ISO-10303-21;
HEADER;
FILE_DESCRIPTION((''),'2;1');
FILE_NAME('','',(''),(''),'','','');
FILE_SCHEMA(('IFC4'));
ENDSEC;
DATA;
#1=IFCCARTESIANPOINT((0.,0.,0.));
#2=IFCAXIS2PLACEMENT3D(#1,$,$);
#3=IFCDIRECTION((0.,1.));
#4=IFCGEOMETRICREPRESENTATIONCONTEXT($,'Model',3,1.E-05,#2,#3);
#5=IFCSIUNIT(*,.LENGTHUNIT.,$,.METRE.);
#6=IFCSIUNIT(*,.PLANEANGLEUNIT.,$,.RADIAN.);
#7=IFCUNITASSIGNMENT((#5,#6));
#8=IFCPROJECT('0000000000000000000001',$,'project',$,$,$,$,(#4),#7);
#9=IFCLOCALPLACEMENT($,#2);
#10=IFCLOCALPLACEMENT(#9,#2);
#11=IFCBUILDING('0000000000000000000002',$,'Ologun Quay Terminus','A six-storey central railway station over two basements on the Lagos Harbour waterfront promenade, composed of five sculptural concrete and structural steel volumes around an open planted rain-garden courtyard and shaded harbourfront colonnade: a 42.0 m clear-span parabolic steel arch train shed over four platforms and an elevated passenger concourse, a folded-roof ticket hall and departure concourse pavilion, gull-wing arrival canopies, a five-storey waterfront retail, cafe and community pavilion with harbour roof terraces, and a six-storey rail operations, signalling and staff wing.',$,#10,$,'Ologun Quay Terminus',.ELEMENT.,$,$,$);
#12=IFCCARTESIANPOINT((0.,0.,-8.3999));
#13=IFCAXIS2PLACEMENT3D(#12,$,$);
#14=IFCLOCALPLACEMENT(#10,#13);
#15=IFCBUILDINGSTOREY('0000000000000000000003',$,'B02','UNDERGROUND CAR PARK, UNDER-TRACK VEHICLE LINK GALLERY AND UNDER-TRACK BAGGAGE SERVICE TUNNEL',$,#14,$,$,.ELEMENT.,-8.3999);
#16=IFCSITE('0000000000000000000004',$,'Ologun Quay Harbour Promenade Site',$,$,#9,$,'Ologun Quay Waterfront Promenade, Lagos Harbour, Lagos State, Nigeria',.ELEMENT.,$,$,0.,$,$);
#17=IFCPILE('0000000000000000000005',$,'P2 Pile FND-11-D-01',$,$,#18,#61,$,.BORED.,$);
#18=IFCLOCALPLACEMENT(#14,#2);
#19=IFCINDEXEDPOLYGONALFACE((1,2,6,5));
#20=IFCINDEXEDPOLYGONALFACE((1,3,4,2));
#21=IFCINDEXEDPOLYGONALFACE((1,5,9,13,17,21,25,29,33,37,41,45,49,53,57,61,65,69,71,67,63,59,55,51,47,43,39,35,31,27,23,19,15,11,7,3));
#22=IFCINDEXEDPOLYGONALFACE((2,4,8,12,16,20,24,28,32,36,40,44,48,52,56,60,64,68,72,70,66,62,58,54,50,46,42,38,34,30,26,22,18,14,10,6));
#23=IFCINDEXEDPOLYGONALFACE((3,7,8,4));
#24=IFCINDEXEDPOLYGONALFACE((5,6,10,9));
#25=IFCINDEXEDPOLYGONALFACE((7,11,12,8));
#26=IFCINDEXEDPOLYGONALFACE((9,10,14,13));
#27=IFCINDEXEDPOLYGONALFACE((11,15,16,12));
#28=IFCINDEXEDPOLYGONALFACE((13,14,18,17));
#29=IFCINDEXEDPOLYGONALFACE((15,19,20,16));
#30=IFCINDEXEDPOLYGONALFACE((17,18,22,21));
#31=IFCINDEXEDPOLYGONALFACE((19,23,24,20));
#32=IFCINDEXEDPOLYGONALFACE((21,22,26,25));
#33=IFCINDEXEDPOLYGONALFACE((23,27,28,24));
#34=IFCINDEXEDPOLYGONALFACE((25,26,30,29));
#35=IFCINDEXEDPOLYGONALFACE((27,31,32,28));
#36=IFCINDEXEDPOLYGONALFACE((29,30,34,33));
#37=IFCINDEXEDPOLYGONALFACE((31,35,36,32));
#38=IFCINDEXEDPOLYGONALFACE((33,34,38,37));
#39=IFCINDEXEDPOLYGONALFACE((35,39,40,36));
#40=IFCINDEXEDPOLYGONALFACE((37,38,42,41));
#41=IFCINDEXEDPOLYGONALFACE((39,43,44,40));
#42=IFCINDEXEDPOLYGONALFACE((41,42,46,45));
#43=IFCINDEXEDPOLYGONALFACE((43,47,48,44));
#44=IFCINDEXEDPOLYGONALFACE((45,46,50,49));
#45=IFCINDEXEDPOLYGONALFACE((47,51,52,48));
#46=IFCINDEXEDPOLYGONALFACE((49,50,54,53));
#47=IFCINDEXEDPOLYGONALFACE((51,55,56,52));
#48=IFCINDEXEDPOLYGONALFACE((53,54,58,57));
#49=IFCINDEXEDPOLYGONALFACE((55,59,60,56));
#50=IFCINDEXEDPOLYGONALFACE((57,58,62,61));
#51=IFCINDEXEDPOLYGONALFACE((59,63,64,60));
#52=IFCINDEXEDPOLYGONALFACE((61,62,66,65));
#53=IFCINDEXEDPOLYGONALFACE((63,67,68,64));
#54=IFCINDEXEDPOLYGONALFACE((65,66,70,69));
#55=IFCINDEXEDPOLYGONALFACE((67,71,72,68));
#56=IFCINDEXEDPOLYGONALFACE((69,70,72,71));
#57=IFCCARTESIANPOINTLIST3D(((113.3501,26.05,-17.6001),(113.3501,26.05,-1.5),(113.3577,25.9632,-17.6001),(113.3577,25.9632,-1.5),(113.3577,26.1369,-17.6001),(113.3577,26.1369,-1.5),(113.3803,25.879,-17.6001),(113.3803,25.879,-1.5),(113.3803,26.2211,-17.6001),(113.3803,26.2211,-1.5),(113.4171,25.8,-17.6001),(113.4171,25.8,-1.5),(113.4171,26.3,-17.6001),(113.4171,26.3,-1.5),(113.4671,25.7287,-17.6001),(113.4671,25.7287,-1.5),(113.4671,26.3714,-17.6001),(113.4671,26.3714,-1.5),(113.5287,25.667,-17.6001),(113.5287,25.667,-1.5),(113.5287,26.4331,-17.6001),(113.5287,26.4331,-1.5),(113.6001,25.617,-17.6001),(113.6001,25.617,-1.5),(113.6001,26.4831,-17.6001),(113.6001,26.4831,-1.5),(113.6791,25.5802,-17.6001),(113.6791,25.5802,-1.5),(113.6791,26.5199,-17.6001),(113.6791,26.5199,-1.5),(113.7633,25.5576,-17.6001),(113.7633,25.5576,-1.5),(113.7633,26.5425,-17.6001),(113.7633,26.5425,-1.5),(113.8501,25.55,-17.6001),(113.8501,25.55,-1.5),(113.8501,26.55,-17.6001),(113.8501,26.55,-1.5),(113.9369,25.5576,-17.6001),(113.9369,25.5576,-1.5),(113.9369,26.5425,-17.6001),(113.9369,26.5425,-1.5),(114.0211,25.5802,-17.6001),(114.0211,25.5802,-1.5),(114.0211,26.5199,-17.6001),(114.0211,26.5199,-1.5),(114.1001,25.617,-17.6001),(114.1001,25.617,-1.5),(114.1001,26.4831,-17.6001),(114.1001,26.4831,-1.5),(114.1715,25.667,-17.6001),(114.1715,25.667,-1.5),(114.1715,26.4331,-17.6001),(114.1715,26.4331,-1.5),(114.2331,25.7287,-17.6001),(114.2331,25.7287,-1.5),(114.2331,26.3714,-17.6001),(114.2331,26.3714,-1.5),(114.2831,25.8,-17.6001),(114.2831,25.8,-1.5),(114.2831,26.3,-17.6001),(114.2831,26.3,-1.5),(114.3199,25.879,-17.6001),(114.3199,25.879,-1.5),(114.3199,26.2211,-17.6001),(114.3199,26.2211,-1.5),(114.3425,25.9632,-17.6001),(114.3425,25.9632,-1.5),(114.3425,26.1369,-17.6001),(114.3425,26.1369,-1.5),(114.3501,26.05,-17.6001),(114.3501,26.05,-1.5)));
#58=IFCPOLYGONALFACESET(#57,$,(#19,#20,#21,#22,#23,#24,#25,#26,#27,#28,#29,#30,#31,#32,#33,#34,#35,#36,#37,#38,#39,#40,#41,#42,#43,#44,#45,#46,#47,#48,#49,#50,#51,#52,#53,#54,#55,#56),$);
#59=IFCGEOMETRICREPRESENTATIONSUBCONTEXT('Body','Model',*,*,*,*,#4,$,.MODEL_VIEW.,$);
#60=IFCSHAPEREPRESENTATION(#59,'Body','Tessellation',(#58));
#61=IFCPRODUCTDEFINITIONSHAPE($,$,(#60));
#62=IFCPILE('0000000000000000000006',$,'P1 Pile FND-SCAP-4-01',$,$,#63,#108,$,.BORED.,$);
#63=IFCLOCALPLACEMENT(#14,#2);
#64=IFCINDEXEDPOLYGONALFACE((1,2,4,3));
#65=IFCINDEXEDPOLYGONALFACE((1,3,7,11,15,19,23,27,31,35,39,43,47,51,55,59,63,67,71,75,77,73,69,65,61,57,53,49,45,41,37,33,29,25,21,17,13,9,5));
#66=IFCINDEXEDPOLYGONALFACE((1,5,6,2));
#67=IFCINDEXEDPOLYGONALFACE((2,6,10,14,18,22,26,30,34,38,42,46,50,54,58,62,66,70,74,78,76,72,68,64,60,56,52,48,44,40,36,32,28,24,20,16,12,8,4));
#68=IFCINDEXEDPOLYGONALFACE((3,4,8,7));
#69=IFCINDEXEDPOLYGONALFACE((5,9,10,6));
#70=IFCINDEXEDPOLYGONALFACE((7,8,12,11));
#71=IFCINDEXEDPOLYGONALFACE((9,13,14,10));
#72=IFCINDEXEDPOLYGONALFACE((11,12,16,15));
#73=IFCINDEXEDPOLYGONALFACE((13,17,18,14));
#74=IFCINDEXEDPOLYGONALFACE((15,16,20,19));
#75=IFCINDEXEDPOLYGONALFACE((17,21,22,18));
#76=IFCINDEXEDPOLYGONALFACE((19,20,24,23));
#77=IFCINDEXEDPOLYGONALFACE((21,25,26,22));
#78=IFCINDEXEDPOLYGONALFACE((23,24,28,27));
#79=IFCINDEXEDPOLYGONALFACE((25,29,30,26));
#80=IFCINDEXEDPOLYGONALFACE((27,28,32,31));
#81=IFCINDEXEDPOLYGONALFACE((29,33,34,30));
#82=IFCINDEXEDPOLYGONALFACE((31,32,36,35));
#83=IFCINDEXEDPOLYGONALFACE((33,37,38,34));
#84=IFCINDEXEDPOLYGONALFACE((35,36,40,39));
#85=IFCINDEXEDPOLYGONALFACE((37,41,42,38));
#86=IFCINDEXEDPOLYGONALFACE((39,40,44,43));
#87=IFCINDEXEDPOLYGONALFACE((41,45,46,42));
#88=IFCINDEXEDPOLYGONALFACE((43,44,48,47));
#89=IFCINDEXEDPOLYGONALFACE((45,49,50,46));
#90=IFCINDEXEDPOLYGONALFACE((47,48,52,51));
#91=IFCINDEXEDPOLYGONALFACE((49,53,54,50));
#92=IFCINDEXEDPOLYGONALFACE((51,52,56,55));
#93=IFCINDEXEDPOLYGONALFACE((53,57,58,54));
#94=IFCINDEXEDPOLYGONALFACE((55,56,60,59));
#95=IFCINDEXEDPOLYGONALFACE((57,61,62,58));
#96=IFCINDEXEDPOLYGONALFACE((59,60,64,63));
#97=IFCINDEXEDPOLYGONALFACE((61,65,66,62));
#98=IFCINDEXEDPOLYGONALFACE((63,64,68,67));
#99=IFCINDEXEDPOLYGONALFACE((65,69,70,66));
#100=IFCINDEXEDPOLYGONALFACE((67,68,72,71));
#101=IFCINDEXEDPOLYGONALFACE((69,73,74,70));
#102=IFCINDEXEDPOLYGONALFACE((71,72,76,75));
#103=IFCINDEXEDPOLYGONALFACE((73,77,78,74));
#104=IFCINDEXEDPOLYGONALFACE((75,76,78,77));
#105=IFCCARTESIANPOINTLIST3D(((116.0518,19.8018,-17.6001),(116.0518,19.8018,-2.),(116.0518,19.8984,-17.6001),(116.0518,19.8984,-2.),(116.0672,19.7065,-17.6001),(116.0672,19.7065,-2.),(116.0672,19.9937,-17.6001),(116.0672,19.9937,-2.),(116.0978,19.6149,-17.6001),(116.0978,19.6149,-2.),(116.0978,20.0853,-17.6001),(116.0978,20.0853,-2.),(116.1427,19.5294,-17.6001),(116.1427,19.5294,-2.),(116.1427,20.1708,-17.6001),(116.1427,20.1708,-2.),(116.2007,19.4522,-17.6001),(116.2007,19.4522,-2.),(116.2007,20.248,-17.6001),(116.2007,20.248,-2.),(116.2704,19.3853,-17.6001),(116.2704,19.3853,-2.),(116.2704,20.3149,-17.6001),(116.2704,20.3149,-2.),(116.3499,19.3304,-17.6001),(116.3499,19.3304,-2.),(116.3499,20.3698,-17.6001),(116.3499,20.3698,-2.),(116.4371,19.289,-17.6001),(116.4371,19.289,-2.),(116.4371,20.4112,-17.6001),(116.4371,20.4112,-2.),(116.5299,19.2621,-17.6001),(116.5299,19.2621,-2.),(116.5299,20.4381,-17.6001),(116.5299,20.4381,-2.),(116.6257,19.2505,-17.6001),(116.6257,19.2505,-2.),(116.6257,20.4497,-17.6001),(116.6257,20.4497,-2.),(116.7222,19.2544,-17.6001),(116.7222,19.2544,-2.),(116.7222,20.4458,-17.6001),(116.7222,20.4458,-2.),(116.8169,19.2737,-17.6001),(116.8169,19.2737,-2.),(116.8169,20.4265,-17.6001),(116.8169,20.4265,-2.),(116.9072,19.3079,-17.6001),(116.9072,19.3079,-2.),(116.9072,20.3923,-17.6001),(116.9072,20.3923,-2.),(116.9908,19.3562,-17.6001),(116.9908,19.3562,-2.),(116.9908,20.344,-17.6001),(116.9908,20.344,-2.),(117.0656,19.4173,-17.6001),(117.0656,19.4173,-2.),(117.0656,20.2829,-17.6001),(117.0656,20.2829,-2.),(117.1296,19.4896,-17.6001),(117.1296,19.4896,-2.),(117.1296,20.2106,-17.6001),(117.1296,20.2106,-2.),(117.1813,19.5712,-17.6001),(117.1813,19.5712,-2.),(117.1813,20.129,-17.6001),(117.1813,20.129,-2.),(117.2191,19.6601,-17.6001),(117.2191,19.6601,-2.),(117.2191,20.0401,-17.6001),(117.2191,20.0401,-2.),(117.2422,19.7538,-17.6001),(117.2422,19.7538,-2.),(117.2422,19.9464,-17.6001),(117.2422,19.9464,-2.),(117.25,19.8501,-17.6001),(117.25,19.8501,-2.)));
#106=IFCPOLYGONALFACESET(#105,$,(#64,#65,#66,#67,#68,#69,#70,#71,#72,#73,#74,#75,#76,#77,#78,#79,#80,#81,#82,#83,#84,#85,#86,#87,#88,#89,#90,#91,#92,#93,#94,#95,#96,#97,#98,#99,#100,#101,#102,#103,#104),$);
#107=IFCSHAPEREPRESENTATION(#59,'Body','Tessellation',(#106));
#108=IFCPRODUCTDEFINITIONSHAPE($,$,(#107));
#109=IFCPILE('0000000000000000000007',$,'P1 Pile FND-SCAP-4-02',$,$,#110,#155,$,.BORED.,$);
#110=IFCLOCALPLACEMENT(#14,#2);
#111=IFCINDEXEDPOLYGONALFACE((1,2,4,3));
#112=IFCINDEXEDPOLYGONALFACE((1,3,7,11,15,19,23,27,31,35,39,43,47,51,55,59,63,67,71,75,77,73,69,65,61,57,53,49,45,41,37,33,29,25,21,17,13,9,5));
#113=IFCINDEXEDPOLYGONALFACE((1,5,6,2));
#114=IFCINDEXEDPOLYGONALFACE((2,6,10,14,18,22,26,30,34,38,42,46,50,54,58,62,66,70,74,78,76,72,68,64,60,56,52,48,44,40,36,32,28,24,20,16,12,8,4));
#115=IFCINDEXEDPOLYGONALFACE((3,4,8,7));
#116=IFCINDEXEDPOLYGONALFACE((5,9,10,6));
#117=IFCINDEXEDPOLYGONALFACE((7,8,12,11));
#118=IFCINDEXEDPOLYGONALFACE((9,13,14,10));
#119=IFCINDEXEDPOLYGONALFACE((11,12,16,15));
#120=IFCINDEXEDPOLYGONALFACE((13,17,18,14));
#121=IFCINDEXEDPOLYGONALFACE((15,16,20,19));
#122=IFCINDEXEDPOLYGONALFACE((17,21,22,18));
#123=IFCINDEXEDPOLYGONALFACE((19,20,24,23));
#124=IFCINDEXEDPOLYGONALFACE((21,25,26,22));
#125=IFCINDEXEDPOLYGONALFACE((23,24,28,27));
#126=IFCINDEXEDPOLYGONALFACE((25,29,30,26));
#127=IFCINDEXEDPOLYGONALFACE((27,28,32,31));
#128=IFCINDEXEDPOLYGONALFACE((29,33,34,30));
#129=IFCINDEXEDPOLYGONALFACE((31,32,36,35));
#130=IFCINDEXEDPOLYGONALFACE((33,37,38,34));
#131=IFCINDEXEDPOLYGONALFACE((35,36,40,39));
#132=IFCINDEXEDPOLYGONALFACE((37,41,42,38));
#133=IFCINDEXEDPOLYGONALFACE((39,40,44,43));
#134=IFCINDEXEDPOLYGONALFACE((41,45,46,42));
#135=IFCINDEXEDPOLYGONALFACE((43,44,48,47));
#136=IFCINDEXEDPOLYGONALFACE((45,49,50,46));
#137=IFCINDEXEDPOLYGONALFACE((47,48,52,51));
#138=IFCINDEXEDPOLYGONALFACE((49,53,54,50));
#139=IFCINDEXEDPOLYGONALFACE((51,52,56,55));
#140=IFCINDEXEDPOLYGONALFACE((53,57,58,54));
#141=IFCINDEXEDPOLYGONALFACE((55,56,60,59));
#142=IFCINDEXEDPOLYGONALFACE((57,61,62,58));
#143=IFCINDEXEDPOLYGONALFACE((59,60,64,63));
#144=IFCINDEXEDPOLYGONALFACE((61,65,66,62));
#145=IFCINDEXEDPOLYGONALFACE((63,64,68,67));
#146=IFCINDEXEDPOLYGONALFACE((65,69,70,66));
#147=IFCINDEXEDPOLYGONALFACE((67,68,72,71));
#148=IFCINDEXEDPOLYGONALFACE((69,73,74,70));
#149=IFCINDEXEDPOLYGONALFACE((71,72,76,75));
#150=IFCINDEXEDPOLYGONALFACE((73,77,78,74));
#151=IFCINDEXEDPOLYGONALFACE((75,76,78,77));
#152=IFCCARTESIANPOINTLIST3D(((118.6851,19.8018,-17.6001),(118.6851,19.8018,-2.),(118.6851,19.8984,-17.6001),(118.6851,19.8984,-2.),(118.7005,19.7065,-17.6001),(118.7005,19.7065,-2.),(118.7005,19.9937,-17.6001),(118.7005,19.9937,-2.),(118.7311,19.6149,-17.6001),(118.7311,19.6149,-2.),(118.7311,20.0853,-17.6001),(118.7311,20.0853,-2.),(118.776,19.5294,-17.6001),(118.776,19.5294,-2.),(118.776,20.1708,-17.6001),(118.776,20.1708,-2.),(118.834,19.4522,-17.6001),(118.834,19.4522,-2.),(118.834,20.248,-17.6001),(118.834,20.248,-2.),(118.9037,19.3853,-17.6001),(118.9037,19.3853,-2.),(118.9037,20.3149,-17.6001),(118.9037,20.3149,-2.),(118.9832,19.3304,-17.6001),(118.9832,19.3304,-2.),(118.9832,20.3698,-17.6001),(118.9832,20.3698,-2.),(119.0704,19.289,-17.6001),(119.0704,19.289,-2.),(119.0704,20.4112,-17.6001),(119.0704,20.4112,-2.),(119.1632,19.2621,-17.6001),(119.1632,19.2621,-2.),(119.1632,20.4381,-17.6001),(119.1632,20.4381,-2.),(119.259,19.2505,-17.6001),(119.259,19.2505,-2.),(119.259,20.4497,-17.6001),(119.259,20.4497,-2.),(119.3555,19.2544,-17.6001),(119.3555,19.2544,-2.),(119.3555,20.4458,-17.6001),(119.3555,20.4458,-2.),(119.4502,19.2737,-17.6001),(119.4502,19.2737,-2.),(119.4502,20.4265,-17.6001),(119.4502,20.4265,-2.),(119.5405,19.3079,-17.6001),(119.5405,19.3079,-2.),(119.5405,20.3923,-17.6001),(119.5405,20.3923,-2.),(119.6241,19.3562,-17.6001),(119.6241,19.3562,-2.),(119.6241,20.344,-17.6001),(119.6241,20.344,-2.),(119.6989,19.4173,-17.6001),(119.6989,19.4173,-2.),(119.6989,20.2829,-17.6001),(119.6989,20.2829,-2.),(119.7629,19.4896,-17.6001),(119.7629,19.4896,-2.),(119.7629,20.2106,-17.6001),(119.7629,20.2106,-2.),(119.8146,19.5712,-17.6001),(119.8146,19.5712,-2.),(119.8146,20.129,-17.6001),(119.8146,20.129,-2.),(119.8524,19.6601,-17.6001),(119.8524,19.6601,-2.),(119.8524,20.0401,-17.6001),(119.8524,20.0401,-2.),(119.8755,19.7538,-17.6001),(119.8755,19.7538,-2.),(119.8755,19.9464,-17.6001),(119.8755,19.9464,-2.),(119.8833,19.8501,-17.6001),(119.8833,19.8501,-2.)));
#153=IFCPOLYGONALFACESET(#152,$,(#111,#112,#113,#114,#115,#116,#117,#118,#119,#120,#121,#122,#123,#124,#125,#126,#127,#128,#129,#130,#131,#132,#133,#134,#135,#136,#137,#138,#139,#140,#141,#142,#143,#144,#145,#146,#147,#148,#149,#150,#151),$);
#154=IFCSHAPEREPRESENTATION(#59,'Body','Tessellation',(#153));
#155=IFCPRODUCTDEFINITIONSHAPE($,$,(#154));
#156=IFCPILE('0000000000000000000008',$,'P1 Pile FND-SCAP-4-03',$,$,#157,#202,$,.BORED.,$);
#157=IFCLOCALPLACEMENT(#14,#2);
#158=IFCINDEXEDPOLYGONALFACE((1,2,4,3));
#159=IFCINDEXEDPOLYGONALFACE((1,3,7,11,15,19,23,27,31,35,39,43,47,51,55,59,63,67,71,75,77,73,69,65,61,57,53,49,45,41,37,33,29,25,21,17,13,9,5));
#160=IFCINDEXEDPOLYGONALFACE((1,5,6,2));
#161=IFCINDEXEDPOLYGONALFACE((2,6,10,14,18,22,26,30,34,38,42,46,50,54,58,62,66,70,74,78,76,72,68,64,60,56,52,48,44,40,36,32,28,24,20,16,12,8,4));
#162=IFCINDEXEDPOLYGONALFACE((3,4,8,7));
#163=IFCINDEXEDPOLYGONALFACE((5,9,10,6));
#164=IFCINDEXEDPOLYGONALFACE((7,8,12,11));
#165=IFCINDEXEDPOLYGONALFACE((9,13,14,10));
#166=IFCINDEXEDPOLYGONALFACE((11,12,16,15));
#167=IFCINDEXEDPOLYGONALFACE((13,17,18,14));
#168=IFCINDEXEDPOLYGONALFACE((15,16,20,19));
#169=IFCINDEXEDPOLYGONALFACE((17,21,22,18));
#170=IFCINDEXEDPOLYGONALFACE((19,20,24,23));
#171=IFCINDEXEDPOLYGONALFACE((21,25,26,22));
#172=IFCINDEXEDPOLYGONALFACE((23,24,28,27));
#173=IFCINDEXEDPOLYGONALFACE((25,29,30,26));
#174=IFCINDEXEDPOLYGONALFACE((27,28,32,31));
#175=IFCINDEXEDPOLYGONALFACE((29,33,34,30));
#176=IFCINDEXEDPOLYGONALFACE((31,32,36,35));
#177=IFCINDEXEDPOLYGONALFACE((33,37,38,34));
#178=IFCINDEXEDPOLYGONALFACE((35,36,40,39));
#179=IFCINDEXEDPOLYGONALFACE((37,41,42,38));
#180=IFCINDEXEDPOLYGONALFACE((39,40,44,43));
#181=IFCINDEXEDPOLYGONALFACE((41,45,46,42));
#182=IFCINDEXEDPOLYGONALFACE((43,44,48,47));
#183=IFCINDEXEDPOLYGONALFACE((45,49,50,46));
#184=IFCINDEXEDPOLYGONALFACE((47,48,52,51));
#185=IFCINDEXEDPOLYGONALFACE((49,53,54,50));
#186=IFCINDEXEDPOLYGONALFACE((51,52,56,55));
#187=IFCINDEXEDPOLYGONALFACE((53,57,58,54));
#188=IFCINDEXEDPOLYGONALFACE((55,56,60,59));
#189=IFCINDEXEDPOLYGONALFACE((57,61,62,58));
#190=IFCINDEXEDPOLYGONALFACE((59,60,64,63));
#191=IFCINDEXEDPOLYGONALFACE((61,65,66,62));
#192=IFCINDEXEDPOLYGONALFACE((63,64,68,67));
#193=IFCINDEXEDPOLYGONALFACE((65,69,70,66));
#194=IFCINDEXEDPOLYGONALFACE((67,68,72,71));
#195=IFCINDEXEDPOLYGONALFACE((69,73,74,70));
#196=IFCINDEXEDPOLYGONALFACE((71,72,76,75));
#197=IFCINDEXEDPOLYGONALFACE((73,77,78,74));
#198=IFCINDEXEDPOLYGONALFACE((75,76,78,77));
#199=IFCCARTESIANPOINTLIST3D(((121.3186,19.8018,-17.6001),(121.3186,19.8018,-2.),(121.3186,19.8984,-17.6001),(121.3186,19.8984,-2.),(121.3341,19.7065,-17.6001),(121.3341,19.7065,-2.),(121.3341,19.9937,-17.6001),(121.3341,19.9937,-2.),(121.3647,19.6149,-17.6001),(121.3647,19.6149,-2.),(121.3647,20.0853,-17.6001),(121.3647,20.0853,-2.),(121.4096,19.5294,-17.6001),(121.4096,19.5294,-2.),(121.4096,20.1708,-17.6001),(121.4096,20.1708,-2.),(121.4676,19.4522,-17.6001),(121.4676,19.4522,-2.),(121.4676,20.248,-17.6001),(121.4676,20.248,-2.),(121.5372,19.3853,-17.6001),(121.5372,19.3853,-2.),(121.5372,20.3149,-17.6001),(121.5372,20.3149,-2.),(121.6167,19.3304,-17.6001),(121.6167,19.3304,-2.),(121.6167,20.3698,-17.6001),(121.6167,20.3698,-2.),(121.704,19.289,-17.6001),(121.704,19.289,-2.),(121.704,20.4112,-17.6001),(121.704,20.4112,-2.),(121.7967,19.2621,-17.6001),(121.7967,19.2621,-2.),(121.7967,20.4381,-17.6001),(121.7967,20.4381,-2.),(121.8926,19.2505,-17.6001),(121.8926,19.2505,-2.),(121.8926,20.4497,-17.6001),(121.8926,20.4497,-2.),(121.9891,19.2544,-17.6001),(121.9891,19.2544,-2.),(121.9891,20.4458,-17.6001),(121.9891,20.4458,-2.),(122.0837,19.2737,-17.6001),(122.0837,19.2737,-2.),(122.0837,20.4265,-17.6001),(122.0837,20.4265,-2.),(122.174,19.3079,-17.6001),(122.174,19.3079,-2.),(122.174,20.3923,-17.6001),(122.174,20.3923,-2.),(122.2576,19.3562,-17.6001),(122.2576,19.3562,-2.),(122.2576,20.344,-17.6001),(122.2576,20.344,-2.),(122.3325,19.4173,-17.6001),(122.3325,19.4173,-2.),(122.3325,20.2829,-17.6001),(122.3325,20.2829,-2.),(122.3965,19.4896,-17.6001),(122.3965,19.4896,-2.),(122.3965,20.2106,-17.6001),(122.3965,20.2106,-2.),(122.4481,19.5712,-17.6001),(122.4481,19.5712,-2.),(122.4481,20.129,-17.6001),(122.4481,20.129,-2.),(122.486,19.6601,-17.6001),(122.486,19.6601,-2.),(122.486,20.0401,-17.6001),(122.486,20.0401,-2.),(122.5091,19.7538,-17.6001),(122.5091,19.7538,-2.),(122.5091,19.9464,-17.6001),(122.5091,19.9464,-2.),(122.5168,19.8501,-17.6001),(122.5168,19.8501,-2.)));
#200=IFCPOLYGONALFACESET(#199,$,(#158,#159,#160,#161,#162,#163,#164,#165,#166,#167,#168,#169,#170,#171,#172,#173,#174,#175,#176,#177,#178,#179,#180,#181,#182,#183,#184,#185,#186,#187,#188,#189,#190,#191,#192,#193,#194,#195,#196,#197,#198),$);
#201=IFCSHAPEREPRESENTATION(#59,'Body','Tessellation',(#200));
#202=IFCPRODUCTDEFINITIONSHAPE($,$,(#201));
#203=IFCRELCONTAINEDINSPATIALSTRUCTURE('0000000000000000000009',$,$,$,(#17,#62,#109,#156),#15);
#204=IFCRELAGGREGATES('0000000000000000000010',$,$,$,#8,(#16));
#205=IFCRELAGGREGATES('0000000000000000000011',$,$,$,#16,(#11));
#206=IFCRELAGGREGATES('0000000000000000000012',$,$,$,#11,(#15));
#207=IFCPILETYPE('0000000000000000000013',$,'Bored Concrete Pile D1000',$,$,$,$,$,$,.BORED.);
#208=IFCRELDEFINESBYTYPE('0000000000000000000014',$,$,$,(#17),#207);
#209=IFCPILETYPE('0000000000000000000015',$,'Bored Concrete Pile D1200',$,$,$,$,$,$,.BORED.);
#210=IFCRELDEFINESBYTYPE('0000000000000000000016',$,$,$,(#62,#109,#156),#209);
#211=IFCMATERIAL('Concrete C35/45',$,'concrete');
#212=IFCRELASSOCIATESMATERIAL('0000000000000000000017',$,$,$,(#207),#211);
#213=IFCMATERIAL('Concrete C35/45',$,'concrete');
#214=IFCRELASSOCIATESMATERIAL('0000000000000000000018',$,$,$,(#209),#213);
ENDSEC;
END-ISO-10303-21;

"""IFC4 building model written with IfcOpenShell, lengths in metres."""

from ifc_helpers import new_model, si_unit, direction, frame, origin, origin_2d, place, context, subcontext, project, spatial, circle, extrude, material, material_profile, profile_set, type_object, element, save


model = new_model("IFC4")

# Units and contexts
model_context = context("Model", 3, precision=1e-05, world=origin(), true_north=direction((0.0, 1.0)))
body_context = subcontext(model_context, "Body", "Model", "MODEL_VIEW")
ifc_project = project(units=[si_unit("LENGTHUNIT", "METRE"), si_unit("PLANEANGLEUNIT", "RADIAN")], contexts=[model_context])

# Site, building, storey
site_placement = place(None, origin())
site = spatial("IfcSite", under=ifc_project, at=site_placement, Name="Ologun Quay Harbour Promenade Site", LongName="Ologun Quay Waterfront Promenade, Lagos Harbour, Lagos State, Nigeria", CompositionType="ELEMENT", RefElevation=0.0)
building_placement = place(site_placement, origin())
building = spatial("IfcBuilding", under=site, at=building_placement, Name="Ologun Quay Terminus", Description="A six-storey central railway station over two basements on the Lagos Harbour waterfront promenade, composed of five sculptural concrete and structural steel volumes around an open planted rain-garden courtyard and shaded harbourfront colonnade: a 42.0 m clear-span parabolic steel arch train shed over four platforms and an elevated passenger concourse, a folded-roof ticket hall and departure concourse pavilion, gull-wing arrival canopies, a five-storey waterfront retail, cafe and community pavilion with harbour roof terraces, and a six-storey rail operations, signalling and staff wing.", LongName="Ologun Quay Terminus", CompositionType="ELEMENT")
storey_placement = place(building_placement, frame((0.0, 0.0, -8.3999)))
storey = spatial("IfcBuildingStorey", under=building, at=storey_placement, Name="B02", Description="UNDERGROUND CAR PARK, UNDER-TRACK VEHICLE LINK GALLERY AND UNDER-TRACK BAGGAGE SERVICE TUNNEL", CompositionType="ELEMENT", Elevation=-8.3999)

# Piles
ifc_material_1 = material(Name="Concrete C35/45", Category="concrete")
ifc_material_profile_1 = material_profile(ifc_material_1, circle(Radius=0.5, at=origin_2d()), Name="PILE D1000")
ifc_profile_set_1 = profile_set([ifc_material_profile_1], Name="Concrete C35/45")
pile_type_1 = type_object("IfcPileType", Name="Bored Concrete Pile D1000", PredefinedType="BORED", material=ifc_profile_set_1)
pile_placement = place(storey_placement, frame((113.8501, 26.05, -1.5), z_axis=(0.0, 0.0, -1.0), x_axis=(1.0, 0.0, 0.0)))
element("IfcPile", 1, at=pile_placement, inside=storey, type_object=pile_type_1, Name="P2 Pile FND-11-D-01", PredefinedType="BORED", context=body_context, shape_type="SweptSolid", body=[
    extrude(circle(Radius=0.5, at=origin_2d()), origin(), (0.0, 0.0, 1.0), 16.1001),
])
ifc_material_2 = material(Name="Concrete C35/45", Category="concrete")
ifc_material_profile_2 = material_profile(ifc_material_2, circle(Radius=0.6001, at=origin_2d()), Name="PILE D1200")
ifc_profile_set_2 = profile_set([ifc_material_profile_2], Name="Concrete C35/45")
pile_type_2 = type_object("IfcPileType", Name="Bored Concrete Pile D1200", PredefinedType="BORED", material=ifc_profile_set_2)
for number, where, z_axis, x_axis, name in (
    (2, (116.6499, 19.8501, -2.0), (0.0, 0.0, -1.0), (1.0, 0.0, 0.0), "P1 Pile FND-SCAP-4-01"),
    (3, (119.2832, 19.8501, -2.0), (0.0, 0.0, -1.0), (1.0, 0.0, 0.0), "P1 Pile FND-SCAP-4-02"),
    (4, (121.9167, 19.8501, -2.0), (0.0, 0.0, -1.0), (1.0, 0.0, 0.0), "P1 Pile FND-SCAP-4-03"),
):
    element("IfcPile", number, at=place(storey_placement, frame(where, z_axis=z_axis, x_axis=x_axis)), inside=storey, type_object=pile_type_2, Name=name, PredefinedType="BORED", context=body_context, shape_type="SweptSolid", body=[
        extrude(circle(Radius=0.6001, at=origin_2d()), origin(), (0.0, 0.0, 1.0), 15.6001),
    ])

save(model, "model.ifc")
